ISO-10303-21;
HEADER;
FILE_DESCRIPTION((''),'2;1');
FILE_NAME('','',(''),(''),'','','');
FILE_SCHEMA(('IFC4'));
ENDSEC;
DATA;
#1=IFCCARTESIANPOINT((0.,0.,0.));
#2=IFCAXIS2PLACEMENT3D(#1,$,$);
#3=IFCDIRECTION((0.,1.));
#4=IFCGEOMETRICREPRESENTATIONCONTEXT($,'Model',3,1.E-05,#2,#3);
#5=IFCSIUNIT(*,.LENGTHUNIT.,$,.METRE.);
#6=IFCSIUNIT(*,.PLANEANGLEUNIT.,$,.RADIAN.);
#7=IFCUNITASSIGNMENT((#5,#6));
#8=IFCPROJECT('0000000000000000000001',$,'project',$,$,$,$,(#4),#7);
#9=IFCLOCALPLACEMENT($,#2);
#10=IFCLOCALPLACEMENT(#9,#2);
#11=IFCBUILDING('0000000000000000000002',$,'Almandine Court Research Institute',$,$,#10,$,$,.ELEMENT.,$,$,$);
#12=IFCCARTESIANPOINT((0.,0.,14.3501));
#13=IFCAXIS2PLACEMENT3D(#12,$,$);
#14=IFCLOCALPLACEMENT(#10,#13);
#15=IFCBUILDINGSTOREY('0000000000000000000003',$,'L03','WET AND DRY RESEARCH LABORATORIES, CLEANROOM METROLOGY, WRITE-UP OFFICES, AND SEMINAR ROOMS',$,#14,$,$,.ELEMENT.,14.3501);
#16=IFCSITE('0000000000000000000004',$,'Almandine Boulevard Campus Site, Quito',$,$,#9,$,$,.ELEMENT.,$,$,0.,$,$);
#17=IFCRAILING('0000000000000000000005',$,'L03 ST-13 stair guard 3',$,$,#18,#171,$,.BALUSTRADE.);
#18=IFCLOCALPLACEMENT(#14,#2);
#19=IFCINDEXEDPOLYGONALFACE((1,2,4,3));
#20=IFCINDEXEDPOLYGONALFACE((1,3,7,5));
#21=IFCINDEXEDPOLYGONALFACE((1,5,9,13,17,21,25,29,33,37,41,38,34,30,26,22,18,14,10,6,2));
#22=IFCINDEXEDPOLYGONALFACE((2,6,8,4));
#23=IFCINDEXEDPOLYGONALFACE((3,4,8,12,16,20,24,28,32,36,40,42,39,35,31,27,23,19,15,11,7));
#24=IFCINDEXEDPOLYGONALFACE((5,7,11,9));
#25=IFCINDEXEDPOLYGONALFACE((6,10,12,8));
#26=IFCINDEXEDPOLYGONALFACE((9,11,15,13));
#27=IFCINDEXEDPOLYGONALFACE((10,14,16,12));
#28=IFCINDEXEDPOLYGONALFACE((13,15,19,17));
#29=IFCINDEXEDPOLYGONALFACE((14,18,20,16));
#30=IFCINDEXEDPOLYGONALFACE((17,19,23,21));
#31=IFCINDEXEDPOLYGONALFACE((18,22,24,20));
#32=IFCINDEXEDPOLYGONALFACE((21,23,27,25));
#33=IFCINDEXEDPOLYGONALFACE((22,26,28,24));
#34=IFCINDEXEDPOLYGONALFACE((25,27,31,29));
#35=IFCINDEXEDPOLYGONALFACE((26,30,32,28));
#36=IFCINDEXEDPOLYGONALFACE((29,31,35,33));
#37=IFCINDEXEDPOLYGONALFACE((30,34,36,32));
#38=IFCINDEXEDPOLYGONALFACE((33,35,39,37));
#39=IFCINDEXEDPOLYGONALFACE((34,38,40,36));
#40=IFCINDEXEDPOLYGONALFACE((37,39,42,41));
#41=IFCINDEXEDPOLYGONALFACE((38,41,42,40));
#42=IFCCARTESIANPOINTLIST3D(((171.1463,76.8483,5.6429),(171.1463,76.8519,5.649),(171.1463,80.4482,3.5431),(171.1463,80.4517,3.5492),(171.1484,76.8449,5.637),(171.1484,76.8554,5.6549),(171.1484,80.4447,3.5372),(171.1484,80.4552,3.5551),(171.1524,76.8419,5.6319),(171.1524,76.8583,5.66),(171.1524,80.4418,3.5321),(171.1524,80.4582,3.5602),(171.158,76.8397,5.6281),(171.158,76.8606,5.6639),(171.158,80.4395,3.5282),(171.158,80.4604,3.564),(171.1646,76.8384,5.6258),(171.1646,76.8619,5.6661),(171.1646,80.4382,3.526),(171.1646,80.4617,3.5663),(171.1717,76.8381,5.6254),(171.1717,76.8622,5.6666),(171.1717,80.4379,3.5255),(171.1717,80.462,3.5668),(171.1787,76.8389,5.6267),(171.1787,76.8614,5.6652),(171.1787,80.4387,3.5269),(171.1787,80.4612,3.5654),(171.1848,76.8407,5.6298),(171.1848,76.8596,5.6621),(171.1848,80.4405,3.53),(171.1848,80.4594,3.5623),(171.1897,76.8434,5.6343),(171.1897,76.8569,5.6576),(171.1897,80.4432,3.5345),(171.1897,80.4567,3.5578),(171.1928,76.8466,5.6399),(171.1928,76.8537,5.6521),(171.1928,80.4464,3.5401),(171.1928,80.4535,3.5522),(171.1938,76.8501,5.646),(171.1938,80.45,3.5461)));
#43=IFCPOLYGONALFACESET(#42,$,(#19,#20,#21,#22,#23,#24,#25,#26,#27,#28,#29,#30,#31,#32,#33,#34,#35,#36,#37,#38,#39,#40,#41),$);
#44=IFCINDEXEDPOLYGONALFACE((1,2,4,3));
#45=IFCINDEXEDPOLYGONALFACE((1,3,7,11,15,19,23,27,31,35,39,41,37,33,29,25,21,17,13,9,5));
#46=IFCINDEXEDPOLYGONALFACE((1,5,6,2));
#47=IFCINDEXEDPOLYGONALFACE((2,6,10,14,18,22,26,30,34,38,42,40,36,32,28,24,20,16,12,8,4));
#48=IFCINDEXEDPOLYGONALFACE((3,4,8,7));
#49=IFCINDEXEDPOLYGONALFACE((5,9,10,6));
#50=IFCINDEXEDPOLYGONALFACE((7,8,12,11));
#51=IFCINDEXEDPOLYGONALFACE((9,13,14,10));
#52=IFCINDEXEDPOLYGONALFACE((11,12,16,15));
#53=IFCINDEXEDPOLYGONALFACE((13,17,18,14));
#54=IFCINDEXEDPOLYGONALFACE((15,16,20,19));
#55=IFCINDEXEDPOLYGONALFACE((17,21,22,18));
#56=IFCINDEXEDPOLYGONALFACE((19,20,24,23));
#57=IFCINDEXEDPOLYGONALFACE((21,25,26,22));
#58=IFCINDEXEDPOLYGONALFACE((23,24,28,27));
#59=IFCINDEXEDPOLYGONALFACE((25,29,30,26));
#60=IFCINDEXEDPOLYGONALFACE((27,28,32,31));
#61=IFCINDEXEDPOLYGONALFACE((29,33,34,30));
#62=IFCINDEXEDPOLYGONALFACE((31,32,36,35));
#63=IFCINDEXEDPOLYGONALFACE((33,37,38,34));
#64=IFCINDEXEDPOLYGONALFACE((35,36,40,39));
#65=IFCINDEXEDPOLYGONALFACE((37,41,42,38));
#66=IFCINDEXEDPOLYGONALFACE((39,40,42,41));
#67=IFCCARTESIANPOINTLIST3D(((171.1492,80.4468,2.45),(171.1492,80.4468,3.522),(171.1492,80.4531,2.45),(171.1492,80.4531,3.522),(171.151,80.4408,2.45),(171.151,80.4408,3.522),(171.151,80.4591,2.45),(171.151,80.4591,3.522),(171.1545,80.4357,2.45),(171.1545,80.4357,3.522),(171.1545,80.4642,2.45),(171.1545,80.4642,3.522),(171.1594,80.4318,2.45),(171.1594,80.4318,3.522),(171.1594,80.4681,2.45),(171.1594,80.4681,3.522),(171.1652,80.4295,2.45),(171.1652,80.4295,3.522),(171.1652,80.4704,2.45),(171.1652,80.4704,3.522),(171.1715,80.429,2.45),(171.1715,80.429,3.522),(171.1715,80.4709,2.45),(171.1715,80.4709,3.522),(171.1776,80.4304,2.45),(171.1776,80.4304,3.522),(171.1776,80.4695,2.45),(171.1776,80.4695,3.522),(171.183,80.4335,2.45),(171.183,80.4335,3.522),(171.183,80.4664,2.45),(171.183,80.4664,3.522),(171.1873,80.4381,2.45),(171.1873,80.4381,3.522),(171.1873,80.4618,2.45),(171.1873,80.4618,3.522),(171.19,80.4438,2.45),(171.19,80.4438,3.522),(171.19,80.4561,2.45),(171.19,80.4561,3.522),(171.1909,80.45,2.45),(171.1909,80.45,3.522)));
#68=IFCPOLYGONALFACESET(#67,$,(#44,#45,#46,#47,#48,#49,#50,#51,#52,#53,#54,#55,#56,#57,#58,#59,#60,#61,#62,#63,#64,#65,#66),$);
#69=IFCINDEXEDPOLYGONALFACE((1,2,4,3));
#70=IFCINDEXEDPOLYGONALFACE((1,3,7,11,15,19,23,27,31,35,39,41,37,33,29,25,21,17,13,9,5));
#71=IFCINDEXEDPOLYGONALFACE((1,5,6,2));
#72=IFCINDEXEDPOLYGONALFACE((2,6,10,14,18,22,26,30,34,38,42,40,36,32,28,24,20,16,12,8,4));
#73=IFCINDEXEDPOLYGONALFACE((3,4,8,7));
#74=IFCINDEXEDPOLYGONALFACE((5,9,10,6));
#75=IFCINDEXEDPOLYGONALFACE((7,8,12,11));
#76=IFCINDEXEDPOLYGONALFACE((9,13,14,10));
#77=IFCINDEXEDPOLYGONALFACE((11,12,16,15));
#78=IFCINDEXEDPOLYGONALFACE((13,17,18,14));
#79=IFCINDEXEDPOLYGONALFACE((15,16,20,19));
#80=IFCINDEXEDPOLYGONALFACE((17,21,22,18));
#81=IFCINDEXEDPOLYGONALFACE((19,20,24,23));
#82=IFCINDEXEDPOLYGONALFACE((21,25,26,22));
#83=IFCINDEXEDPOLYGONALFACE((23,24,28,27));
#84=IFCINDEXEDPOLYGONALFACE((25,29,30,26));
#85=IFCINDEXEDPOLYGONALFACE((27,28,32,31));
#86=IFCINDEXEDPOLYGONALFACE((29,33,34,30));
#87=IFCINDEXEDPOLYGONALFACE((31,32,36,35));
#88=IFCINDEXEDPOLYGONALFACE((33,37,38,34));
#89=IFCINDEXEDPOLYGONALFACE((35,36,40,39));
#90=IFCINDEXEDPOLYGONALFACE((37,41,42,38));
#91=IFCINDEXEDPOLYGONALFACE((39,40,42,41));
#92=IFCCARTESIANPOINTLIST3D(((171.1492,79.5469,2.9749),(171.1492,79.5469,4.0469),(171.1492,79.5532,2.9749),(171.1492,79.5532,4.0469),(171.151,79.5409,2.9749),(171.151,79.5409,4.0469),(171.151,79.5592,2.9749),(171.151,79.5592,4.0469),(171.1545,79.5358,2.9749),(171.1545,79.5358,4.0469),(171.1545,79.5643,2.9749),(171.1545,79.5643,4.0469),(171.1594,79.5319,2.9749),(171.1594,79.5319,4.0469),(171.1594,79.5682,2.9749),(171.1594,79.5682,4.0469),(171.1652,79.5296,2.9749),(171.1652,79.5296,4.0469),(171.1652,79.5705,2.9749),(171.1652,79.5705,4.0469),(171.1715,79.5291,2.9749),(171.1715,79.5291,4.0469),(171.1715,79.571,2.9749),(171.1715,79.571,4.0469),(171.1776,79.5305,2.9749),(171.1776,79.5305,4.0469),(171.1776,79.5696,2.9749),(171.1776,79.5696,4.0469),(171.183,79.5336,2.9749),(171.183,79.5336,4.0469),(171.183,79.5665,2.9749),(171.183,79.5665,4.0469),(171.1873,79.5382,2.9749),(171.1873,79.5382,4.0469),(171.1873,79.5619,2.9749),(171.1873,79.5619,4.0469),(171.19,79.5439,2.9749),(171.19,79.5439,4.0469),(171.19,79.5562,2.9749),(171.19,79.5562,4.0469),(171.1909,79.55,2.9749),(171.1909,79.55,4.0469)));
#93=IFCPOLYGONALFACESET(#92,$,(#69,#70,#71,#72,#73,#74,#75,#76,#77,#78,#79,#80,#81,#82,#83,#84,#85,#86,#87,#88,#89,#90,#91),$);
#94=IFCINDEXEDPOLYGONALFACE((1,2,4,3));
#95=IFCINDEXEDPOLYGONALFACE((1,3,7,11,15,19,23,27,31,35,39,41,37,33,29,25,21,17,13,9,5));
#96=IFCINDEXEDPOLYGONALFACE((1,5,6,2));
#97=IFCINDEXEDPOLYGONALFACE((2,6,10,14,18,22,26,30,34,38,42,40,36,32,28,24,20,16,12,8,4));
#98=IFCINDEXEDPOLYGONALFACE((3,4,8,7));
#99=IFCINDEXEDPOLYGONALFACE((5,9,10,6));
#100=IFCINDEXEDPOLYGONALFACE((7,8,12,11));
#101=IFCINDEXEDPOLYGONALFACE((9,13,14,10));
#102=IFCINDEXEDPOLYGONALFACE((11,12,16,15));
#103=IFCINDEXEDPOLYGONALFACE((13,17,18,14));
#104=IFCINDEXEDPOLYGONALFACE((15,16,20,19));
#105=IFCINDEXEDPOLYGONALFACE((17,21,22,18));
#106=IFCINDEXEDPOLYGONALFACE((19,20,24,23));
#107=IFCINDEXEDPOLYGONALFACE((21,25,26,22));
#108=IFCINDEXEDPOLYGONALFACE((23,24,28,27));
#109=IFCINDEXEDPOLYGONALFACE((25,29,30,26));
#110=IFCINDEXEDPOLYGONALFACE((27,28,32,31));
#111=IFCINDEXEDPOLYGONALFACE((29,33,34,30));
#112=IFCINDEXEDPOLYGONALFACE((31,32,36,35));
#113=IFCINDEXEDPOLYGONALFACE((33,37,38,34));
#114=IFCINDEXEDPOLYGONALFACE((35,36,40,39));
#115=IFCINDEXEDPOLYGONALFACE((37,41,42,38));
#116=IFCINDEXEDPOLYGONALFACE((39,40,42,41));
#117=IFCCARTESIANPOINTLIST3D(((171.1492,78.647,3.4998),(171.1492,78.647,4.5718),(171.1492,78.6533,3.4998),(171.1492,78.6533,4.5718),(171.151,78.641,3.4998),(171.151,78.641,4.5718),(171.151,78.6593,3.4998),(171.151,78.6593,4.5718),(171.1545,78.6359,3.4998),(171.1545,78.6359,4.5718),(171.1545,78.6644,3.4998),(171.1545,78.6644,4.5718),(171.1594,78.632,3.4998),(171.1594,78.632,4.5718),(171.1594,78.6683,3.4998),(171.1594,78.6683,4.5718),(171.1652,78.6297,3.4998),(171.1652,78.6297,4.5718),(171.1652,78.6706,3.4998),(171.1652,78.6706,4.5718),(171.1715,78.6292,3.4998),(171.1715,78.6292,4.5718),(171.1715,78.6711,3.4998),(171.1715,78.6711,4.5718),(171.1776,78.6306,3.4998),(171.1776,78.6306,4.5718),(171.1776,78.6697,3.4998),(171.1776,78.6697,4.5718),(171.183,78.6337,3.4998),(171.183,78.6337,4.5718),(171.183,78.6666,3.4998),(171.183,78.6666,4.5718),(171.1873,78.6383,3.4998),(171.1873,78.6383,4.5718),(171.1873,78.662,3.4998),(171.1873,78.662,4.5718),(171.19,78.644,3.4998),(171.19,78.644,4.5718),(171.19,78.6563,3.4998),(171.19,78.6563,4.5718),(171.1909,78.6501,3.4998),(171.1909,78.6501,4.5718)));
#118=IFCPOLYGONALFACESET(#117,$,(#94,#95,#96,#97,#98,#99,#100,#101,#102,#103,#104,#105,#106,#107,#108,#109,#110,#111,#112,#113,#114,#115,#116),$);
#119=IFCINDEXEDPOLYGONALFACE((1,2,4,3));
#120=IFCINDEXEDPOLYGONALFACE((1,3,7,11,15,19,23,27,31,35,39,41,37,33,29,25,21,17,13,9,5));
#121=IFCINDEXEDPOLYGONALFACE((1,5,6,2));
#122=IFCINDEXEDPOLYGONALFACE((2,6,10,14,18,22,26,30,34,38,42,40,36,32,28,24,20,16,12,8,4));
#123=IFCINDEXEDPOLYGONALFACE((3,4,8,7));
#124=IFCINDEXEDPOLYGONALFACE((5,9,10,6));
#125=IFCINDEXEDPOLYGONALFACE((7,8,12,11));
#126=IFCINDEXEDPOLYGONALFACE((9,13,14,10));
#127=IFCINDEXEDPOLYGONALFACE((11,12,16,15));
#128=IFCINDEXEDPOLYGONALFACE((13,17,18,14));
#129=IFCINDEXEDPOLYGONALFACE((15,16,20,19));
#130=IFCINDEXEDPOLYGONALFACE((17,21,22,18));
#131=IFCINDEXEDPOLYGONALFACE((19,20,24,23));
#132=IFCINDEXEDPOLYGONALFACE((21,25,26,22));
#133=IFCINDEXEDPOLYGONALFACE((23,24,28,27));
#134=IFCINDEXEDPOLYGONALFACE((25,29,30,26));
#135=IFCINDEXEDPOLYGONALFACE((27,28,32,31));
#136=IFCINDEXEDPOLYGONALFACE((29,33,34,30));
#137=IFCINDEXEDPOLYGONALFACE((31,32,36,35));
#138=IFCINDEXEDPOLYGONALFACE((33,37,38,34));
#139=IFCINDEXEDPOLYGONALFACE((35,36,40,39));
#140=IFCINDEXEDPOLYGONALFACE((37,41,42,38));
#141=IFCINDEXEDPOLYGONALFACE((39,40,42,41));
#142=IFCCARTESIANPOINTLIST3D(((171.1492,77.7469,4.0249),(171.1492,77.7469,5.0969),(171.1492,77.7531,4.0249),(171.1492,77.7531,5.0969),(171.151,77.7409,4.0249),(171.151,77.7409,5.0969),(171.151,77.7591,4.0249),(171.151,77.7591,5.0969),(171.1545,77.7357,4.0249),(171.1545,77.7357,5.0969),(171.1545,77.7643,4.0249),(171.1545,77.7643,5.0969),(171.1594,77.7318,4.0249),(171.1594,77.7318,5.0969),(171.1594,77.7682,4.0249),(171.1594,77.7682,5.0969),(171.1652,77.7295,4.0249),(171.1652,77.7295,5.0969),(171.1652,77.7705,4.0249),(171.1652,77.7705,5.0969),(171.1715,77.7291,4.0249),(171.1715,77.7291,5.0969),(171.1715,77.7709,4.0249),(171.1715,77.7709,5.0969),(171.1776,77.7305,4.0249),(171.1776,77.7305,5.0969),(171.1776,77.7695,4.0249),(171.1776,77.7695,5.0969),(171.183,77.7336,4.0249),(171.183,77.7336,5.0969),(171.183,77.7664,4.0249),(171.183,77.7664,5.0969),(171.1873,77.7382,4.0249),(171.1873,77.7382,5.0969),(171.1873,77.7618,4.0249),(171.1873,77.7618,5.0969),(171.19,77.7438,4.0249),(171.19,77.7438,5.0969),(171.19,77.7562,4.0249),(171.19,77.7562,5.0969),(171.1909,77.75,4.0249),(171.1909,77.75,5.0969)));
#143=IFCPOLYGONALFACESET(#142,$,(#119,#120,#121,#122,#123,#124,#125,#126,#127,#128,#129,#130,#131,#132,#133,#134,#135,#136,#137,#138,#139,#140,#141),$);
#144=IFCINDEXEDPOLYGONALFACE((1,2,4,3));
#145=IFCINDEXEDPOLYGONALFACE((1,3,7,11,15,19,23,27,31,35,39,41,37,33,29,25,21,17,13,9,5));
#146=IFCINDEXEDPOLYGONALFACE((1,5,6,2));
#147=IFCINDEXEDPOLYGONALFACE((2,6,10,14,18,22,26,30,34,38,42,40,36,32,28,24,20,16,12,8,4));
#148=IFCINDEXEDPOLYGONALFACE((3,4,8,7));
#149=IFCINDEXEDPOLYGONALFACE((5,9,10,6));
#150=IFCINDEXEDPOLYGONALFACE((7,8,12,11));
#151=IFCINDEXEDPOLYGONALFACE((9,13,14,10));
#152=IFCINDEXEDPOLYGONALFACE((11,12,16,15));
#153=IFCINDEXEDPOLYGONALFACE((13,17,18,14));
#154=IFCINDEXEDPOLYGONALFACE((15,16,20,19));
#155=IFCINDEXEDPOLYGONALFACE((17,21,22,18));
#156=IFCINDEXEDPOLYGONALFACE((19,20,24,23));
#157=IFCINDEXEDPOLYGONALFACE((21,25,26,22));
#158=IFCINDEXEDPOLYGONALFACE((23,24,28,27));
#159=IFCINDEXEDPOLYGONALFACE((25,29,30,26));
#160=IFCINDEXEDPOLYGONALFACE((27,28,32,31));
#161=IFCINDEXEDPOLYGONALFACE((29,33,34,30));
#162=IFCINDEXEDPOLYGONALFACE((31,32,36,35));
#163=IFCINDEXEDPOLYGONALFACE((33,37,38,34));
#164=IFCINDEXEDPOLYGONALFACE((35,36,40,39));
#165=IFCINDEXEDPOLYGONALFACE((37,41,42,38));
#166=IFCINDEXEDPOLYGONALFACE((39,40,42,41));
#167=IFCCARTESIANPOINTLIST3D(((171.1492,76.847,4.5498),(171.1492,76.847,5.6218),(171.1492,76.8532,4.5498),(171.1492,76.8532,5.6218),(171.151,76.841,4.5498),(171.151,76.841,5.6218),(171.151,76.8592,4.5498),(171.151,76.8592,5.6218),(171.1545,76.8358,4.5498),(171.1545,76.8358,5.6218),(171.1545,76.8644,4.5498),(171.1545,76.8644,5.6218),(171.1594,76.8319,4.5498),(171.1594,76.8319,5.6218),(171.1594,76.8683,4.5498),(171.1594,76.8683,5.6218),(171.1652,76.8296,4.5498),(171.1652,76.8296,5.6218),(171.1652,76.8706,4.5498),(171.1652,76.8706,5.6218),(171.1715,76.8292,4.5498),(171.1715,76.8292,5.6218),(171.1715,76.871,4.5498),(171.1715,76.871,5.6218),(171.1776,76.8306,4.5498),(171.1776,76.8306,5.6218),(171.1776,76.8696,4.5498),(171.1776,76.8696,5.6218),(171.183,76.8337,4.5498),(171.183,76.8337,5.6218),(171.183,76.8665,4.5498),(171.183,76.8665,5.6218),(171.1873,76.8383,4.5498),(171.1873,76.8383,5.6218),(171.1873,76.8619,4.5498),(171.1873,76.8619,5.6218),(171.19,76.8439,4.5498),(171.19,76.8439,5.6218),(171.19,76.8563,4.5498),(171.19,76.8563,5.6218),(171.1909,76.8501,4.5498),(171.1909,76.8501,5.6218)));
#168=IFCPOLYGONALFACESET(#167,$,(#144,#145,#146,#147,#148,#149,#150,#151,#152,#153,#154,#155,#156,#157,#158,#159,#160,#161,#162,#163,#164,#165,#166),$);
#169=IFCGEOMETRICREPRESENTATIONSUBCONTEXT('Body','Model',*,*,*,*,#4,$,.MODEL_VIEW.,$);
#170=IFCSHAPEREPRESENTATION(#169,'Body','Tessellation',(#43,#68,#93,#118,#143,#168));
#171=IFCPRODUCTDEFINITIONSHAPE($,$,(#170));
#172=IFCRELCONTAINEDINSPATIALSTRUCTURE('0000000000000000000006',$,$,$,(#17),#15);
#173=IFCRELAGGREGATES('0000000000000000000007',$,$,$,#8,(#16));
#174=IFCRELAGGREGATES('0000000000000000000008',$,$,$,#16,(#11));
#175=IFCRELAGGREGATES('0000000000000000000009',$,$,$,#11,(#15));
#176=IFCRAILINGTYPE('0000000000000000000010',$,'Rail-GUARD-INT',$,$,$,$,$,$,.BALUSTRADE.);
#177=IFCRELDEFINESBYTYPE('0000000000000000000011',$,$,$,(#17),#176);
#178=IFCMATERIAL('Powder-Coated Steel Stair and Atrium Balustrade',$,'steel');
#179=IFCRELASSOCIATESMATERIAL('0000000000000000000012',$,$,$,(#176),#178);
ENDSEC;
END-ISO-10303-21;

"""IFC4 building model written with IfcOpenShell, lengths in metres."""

from ifc_helpers import new_model, si_unit, direction, frame, origin, origin_2d, place, context, subcontext, project, spatial, circle, extrude, material, type_object, element, save


model = new_model("IFC4")

# Units and contexts
model_context = context("Model", 3, precision=1e-05, world=origin(), true_north=direction((0.0, 1.0)))
body_context = subcontext(model_context, "Body", "Model", "MODEL_VIEW")
ifc_project = project(units=[si_unit("LENGTHUNIT", "METRE"), si_unit("PLANEANGLEUNIT", "RADIAN")], contexts=[model_context])

# Site, building, storey
site_placement = place(None, origin())
site = spatial("IfcSite", under=ifc_project, at=site_placement, Name="Almandine Boulevard Campus Site, Quito", CompositionType="ELEMENT", RefElevation=0.0)
building_placement = place(site_placement, origin())
building = spatial("IfcBuilding", under=site, at=building_placement, Name="Almandine Court Research Institute", CompositionType="ELEMENT")
storey_placement = place(building_placement, frame((0.0, 0.0, 14.3501)))
storey = spatial("IfcBuildingStorey", under=building, at=storey_placement, Name="L03", Description="WET AND DRY RESEARCH LABORATORIES, CLEANROOM METROLOGY, WRITE-UP OFFICES, AND SEMINAR ROOMS", CompositionType="ELEMENT", Elevation=14.3501)

# Railing
ifc_material_1 = material(Name="Powder-Coated Steel Stair and Atrium Balustrade", Category="steel")
railing_type_1 = type_object("IfcRailingType", Name="Rail-GUARD-INT", PredefinedType="BALUSTRADE", material=ifc_material_1)
railing_1_placement = place(storey_placement, frame((171.1699, 80.45, 2.45)))
element("IfcRailing", 1, at=railing_1_placement, inside=storey, type_object=railing_type_1, Name="L03 ST-13 stair guard 3", PredefinedType="BALUSTRADE", context=body_context, shape_type="SweptSolid", body=[
    extrude(circle(Radius=0.0239, at=origin_2d()), frame((0.0, 0.0, 1.0962), z_axis=(0.0, -0.863785, 0.50386), x_axis=(1.0, 0.0, 0.0)), (0.0, 0.0, 1.0), 4.1675),
    extrude(circle(Radius=0.021, at=origin_2d()), origin(), (0.0, 0.0, 1.0), 1.072),
    extrude(circle(Radius=0.021, at=origin_2d()), frame((0.0, -0.8999, 0.5249)), (0.0, 0.0, 1.0), 1.072),
    extrude(circle(Radius=0.021, at=origin_2d()), frame((0.0, -1.7998, 1.0498)), (0.0, 0.0, 1.0), 1.072),
    extrude(circle(Radius=0.021, at=origin_2d()), frame((0.0, -2.7, 1.575)), (0.0, 0.0, 1.0), 1.072),
    extrude(circle(Radius=0.021, at=origin_2d()), frame((0.0, -3.5999, 2.0999)), (0.0, 0.0, 1.0), 1.072),
])

save(model, "model.ifc")
